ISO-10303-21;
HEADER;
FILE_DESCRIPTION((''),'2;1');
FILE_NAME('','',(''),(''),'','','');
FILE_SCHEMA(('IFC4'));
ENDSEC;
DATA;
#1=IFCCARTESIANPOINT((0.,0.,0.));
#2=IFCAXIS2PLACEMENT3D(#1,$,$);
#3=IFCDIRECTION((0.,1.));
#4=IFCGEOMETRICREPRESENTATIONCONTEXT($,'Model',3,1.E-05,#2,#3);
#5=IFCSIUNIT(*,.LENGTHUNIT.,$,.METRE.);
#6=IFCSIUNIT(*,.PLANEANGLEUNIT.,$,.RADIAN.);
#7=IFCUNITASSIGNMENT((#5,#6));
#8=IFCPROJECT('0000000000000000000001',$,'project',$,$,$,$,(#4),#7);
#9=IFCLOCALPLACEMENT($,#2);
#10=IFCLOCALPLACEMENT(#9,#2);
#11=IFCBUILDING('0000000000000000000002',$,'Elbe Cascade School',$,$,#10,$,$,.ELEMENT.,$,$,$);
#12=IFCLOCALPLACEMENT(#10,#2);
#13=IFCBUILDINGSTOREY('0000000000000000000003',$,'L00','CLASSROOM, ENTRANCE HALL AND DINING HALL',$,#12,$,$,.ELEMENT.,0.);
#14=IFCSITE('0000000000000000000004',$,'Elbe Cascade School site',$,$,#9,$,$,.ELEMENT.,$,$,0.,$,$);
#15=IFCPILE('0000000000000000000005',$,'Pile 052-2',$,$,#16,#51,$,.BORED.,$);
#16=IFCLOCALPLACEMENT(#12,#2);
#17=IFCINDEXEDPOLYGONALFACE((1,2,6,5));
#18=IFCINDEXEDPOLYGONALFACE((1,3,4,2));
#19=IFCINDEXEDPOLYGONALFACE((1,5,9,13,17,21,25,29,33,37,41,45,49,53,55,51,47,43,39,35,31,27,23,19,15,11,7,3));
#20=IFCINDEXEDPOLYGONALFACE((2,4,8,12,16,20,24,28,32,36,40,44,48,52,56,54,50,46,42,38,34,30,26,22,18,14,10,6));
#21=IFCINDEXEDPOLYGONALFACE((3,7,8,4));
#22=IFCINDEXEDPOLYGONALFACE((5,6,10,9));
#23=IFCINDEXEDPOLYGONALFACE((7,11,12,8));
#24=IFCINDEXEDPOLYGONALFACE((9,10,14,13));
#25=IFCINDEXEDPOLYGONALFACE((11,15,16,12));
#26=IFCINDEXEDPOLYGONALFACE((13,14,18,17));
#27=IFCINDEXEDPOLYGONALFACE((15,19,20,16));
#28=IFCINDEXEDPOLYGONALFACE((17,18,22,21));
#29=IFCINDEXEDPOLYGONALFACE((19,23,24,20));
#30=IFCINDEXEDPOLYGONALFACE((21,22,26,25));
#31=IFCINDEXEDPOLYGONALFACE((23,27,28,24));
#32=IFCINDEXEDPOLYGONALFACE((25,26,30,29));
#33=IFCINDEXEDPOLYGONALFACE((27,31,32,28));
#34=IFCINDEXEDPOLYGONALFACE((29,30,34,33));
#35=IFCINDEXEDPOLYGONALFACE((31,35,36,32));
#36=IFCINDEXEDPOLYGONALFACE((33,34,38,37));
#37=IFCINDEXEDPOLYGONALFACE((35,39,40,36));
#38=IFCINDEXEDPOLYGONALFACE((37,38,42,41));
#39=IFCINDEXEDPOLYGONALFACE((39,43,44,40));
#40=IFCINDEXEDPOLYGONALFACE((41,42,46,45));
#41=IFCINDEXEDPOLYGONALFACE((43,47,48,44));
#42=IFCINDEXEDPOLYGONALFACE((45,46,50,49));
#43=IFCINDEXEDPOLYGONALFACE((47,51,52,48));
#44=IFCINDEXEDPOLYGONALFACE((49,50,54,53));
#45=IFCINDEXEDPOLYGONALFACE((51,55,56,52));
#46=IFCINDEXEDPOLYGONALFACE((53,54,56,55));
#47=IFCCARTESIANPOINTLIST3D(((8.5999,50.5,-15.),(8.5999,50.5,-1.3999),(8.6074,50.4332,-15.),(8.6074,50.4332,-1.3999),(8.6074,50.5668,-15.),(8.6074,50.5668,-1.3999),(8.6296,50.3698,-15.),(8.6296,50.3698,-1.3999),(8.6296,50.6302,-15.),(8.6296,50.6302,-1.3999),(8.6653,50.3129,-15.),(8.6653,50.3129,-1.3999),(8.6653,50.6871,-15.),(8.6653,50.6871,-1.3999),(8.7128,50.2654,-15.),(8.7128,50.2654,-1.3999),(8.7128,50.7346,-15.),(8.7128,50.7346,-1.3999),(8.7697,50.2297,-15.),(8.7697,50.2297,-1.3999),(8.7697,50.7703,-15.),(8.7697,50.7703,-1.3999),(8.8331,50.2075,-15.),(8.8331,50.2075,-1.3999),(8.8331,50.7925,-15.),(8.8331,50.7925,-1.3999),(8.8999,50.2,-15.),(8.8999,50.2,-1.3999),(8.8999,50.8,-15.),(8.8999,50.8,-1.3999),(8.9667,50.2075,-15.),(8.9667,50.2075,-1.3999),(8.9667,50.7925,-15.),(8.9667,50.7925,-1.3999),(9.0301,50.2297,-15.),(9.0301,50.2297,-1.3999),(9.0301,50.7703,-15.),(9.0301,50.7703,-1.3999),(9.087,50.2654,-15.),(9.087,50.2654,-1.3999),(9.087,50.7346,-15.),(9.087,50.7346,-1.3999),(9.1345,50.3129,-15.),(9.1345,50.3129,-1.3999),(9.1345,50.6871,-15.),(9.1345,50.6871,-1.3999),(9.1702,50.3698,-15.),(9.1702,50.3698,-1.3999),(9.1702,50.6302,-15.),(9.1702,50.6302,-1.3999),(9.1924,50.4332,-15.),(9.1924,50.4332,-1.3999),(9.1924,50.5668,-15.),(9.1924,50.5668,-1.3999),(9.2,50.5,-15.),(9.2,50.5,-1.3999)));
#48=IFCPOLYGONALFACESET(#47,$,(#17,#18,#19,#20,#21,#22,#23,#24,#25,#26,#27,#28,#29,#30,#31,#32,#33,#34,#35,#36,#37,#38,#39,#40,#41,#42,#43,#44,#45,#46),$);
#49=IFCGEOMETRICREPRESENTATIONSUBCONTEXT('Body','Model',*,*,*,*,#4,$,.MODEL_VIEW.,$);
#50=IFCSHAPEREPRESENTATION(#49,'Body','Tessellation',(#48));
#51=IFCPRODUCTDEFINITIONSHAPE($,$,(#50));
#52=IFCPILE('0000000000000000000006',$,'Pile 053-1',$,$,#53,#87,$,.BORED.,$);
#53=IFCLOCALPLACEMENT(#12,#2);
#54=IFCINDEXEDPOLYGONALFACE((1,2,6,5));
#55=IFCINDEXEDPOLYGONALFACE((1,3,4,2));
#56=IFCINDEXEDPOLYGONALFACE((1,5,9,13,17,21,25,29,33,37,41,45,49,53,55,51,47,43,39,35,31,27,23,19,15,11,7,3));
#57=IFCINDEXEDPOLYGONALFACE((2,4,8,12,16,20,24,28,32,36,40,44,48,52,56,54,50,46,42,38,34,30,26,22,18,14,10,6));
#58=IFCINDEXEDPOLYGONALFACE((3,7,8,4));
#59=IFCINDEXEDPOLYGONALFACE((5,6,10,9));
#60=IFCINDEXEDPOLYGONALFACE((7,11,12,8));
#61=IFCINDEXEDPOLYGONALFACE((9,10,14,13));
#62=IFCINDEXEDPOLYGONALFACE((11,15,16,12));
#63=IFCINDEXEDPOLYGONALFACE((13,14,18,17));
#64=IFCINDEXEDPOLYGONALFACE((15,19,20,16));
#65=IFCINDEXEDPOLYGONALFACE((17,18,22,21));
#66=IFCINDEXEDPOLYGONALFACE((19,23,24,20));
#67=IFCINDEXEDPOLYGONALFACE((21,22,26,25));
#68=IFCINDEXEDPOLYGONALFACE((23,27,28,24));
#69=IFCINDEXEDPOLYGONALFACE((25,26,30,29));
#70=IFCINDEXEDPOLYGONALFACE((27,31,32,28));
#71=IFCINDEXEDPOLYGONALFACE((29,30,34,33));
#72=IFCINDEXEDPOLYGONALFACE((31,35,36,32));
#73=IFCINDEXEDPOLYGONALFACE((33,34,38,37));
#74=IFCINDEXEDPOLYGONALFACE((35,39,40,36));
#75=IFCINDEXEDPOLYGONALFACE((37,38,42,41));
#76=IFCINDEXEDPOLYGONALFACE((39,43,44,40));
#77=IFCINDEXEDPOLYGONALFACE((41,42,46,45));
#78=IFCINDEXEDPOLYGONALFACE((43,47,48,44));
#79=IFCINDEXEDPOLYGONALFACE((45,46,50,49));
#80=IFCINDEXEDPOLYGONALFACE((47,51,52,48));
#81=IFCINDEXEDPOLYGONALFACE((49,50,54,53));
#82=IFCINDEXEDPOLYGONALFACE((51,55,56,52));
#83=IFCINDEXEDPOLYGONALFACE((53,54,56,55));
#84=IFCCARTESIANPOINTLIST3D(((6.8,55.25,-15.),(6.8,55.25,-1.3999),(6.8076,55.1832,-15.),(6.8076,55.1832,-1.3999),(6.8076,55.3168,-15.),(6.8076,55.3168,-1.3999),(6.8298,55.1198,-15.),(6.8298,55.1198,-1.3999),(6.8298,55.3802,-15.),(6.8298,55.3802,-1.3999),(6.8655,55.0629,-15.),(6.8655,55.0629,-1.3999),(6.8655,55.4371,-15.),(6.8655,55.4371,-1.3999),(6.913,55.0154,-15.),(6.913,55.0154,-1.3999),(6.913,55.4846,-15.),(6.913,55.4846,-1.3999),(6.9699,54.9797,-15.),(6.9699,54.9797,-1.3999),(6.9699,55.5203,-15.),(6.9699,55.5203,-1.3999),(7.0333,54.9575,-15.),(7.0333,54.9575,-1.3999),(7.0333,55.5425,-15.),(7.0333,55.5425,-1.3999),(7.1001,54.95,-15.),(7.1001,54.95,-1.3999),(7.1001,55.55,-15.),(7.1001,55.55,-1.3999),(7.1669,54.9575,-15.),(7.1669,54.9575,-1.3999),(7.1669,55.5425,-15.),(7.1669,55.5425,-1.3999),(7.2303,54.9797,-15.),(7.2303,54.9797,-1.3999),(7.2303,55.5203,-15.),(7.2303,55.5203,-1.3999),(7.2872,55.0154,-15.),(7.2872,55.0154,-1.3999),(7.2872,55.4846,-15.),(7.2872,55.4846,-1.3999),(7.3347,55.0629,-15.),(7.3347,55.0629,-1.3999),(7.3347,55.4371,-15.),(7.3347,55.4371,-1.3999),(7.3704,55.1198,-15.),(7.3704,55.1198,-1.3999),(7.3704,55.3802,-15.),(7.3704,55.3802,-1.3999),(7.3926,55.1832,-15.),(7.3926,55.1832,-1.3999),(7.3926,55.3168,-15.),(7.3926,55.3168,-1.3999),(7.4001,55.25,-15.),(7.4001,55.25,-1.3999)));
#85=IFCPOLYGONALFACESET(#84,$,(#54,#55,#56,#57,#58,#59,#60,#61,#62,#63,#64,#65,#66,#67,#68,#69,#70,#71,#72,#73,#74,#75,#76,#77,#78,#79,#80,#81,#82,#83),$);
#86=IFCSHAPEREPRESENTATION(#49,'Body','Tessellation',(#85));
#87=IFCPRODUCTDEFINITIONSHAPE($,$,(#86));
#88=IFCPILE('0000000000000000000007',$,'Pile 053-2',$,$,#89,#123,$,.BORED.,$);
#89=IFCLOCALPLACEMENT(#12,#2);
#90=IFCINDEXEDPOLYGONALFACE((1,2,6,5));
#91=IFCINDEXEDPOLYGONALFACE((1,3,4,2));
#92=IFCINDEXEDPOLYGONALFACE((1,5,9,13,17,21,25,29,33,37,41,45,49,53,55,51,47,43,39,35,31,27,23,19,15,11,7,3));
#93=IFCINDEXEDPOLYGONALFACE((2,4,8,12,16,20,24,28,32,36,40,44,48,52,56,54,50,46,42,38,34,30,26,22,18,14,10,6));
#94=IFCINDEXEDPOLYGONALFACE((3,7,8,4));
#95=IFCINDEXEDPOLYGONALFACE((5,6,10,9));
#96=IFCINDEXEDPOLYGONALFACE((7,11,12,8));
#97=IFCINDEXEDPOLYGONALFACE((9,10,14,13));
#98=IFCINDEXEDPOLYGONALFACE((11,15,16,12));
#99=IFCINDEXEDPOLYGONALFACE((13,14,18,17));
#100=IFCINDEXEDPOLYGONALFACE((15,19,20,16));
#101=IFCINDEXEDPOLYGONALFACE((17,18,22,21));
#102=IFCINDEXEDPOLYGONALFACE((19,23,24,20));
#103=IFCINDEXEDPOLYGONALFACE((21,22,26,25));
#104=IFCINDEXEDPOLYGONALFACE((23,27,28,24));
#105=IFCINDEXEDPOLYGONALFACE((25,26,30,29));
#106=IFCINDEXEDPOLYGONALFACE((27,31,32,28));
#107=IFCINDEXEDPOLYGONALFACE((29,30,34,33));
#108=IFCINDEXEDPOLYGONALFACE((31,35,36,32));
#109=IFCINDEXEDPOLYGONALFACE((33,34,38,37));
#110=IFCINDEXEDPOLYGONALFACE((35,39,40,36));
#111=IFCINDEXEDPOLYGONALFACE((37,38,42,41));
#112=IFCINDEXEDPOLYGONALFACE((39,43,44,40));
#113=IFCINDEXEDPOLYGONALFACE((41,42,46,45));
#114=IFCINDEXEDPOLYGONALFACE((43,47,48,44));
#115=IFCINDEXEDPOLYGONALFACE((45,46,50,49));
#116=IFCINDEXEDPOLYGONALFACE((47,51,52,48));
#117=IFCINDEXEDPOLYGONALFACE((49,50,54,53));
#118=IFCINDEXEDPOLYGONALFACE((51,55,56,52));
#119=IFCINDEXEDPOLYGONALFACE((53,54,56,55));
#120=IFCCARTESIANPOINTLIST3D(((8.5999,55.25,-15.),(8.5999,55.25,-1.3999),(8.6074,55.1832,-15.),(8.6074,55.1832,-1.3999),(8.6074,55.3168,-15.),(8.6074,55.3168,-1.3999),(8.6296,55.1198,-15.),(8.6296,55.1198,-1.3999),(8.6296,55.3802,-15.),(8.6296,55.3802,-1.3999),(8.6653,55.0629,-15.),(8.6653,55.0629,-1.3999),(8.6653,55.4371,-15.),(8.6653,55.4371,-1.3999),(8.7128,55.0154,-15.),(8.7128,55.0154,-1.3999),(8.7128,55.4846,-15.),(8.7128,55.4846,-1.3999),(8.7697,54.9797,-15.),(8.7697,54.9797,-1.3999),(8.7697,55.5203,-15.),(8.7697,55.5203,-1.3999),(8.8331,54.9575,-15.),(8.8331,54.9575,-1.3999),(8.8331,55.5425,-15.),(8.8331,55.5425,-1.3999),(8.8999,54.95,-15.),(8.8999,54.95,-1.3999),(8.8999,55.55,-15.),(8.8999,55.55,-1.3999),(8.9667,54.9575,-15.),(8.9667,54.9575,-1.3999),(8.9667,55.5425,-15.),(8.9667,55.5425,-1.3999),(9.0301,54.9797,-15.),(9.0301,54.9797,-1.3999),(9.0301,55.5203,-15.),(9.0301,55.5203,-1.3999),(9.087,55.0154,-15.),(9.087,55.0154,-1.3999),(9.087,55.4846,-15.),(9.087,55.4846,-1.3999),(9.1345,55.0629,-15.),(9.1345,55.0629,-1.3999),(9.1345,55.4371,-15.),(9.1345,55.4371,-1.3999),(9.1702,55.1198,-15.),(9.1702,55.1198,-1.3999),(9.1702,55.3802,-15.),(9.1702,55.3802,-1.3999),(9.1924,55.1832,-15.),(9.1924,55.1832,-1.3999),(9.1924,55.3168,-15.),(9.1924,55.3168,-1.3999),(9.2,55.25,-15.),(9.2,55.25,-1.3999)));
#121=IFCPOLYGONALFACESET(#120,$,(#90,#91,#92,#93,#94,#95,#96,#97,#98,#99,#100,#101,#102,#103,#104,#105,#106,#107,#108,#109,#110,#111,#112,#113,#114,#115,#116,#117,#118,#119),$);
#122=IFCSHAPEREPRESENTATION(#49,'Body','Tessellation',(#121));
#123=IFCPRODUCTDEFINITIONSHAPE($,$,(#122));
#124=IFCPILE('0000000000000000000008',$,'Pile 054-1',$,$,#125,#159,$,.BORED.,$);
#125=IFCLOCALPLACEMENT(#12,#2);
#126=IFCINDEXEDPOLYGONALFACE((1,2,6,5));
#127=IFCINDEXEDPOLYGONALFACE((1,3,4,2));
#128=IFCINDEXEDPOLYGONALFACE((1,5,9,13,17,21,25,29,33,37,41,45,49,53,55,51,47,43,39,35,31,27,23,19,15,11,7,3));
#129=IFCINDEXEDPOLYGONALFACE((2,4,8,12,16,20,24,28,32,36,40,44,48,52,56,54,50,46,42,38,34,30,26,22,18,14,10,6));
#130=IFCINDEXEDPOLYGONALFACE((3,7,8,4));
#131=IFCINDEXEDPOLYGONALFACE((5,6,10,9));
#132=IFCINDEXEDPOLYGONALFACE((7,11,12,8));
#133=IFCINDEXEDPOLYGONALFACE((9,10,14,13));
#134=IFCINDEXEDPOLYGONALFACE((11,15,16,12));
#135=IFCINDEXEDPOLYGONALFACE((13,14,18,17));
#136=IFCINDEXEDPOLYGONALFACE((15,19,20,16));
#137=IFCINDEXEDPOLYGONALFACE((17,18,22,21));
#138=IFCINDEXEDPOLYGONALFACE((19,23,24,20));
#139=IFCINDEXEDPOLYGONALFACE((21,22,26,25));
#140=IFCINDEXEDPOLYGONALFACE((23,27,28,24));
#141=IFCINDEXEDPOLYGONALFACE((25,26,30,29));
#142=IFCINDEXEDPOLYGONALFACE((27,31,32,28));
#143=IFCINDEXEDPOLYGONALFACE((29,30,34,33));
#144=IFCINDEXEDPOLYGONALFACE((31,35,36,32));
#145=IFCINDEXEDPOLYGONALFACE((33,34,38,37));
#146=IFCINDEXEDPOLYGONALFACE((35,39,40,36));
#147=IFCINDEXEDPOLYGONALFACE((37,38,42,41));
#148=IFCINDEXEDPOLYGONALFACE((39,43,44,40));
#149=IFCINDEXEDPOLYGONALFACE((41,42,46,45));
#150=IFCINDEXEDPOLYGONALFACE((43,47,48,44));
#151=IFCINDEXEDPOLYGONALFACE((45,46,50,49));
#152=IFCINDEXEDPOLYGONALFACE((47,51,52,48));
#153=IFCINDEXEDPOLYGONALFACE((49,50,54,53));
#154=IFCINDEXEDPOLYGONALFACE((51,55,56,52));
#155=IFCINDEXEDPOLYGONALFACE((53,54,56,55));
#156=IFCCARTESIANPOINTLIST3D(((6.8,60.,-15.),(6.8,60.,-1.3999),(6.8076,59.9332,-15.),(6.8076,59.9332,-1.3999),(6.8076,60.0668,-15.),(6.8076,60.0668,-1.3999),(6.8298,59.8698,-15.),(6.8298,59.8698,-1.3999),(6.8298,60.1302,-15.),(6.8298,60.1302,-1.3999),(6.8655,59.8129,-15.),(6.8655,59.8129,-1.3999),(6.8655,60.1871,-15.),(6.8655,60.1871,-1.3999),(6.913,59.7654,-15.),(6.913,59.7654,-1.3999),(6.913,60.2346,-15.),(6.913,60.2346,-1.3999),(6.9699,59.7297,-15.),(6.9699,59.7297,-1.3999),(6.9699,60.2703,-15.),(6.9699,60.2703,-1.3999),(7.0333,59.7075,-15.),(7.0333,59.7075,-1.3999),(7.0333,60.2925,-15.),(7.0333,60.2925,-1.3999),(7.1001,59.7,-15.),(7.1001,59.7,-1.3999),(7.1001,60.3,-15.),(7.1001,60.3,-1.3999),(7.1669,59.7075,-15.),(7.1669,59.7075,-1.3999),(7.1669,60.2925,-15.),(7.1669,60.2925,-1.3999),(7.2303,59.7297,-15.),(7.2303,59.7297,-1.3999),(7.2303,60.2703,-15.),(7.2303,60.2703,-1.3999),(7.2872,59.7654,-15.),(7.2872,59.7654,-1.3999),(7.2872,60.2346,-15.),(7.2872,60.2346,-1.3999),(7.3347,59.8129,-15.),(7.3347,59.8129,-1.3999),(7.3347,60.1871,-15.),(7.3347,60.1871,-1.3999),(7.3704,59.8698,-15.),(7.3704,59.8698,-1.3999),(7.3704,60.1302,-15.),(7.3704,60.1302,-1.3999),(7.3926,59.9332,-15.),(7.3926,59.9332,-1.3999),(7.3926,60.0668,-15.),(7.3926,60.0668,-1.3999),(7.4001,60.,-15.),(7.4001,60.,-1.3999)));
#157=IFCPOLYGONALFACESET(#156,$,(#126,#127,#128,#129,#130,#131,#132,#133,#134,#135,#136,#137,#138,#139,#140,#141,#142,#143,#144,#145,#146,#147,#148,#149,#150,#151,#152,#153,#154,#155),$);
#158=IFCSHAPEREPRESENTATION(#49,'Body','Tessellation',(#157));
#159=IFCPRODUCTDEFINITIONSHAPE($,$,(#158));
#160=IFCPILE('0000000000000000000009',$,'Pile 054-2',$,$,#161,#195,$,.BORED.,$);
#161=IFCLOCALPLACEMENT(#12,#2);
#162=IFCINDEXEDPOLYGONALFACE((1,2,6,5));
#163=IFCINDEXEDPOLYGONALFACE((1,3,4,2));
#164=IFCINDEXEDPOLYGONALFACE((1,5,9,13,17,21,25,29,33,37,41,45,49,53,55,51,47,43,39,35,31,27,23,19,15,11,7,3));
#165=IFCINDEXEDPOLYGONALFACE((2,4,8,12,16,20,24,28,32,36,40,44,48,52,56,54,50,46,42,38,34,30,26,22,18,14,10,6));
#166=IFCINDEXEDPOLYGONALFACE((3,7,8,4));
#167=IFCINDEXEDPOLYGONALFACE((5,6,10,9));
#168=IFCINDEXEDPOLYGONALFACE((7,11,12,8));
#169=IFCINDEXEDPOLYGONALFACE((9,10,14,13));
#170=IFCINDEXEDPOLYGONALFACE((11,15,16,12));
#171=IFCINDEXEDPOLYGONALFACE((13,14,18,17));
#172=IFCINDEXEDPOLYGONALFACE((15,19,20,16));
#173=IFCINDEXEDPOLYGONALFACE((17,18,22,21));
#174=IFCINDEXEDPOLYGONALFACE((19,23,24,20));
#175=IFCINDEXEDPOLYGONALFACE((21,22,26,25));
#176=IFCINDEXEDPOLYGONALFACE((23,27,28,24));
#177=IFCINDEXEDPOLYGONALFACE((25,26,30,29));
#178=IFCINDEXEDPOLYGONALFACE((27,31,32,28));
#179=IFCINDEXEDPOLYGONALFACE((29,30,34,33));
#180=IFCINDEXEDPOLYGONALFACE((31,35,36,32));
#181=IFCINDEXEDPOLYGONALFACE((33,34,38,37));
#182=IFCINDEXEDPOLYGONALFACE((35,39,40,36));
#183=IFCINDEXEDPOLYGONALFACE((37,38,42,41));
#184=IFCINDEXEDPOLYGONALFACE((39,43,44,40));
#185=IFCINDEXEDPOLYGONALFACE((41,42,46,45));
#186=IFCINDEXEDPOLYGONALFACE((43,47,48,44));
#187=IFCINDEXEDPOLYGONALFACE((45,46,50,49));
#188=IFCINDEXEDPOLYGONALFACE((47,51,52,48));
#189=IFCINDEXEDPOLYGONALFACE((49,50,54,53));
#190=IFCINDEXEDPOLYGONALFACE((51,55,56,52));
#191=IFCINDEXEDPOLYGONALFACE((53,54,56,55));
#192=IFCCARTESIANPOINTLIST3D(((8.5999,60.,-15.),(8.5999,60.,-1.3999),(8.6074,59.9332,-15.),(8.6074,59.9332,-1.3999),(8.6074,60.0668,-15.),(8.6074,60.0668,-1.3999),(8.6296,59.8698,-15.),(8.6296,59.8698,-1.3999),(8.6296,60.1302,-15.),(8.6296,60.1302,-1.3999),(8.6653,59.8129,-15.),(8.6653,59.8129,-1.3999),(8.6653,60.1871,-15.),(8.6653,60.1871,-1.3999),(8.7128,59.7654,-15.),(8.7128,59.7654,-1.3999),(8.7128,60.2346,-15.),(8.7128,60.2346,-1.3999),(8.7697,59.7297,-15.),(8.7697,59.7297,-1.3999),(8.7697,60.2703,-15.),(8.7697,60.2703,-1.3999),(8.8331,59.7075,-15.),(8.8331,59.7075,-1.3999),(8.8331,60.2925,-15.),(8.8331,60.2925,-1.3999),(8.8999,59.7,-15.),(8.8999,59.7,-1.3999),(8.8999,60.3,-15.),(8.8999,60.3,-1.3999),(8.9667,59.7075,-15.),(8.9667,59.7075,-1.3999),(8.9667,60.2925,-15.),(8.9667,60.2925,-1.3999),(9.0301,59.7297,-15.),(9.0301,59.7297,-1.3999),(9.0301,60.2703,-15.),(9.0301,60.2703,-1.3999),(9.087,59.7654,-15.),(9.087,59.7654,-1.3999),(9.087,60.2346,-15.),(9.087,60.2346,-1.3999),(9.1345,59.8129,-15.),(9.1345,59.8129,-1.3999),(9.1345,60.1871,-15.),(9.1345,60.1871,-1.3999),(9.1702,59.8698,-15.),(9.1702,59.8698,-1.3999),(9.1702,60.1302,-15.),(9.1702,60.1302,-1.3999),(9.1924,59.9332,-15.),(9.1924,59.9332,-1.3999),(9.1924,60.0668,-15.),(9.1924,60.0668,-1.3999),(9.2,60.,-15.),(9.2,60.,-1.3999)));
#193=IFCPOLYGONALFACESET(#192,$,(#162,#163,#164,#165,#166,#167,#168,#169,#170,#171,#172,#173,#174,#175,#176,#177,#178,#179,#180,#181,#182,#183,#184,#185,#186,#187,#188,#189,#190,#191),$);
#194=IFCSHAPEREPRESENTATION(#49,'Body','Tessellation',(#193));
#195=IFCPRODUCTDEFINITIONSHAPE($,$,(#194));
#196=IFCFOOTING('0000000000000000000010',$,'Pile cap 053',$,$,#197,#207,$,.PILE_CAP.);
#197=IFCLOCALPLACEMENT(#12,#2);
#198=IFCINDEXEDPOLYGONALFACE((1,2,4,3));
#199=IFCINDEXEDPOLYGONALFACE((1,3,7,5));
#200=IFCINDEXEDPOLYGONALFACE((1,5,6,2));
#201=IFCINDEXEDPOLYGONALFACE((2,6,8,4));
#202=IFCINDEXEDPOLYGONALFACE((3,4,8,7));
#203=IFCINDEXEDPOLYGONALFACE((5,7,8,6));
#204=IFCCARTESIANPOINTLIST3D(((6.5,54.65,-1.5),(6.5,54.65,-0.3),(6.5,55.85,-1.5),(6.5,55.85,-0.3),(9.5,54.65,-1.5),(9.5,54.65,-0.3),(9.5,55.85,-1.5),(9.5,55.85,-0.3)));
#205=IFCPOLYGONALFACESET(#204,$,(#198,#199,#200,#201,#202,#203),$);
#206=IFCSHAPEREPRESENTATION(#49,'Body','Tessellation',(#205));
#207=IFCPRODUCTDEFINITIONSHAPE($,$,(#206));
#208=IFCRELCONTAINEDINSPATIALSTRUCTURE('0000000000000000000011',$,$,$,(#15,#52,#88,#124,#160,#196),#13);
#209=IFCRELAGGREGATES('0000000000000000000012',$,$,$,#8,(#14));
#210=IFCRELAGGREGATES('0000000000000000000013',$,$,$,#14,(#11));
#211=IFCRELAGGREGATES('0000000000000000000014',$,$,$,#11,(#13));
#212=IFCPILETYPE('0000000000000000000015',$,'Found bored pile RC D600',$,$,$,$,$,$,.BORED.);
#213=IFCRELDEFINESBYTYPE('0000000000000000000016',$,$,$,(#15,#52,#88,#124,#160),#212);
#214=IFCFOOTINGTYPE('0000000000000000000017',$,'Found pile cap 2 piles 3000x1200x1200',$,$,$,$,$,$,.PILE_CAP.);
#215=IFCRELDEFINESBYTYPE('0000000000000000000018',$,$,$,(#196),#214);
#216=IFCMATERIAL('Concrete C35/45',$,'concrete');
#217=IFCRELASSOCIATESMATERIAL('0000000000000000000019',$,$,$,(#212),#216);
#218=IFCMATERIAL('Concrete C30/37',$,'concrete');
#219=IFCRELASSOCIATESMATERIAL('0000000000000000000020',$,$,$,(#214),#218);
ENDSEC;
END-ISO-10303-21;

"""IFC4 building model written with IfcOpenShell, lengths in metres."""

from ifc_helpers import new_model, si_unit, direction, frame, origin, origin_2d, place, context, subcontext, project, spatial, rectangle, circle, extrude, material, material_profile, profile_set, type_object, element, save


model = new_model("IFC4")

# Units and contexts
model_context = context("Model", 3, precision=1e-05, world=origin(), true_north=direction((0.0, 1.0)))
body_context = subcontext(model_context, "Body", "Model", "MODEL_VIEW")
ifc_project = project(units=[si_unit("LENGTHUNIT", "METRE"), si_unit("PLANEANGLEUNIT", "RADIAN")], contexts=[model_context])

# Site, building, storey
site_placement = place(None, origin())
site = spatial("IfcSite", under=ifc_project, at=site_placement, Name="Elbe Cascade School site", CompositionType="ELEMENT", RefElevation=0.0)
building_placement = place(site_placement, origin())
building = spatial("IfcBuilding", under=site, at=building_placement, Name="Elbe Cascade School", CompositionType="ELEMENT")
storey_placement = place(building_placement, origin())
storey = spatial("IfcBuildingStorey", under=building, at=storey_placement, Name="L00", Description="CLASSROOM, ENTRANCE HALL AND DINING HALL", CompositionType="ELEMENT", Elevation=0.0)

# Piles
ifc_material_1 = material(Name="Concrete C35/45", Category="concrete")
ifc_material_profile_1 = material_profile(ifc_material_1, circle(Radius=0.3, at=origin_2d()), Name="RC D600")
ifc_profile_set_1 = profile_set([ifc_material_profile_1], Name="Concrete C35/45")
pile_type = type_object("IfcPileType", Name="Found bored pile RC D600", PredefinedType="BORED", material=ifc_profile_set_1)
for number, where, z_axis, x_axis, name in (
    (1, (8.8999, 50.5, -1.3999), (0.0, 0.0, -1.0), (1.0, 0.0, 0.0), "Pile 052-2"),
    (2, (7.1001, 55.25, -1.3999), (0.0, 0.0, -1.0), (1.0, 0.0, 0.0), "Pile 053-1"),
    (3, (8.8999, 55.25, -1.3999), (0.0, 0.0, -1.0), (1.0, 0.0, 0.0), "Pile 053-2"),
    (4, (7.1001, 60.0, -1.3999), (0.0, 0.0, -1.0), (1.0, 0.0, 0.0), "Pile 054-1"),
    (5, (8.8999, 60.0, -1.3999), (0.0, 0.0, -1.0), (1.0, 0.0, 0.0), "Pile 054-2"),
):
    element("IfcPile", number, at=place(storey_placement, frame(where, z_axis=z_axis, x_axis=x_axis)), inside=storey, type_object=pile_type, Name=name, PredefinedType="BORED", context=body_context, shape_type="SweptSolid", body=[
        extrude(circle(Radius=0.3, at=origin_2d()), origin(), (0.0, 0.0, 1.0), 13.6001),
    ])

# Footing
ifc_material_2 = material(Name="Concrete C30/37", Category="concrete")
footing_type = type_object("IfcFootingType", Name="Found pile cap 2 piles 3000x1200x1200", PredefinedType="PILE_CAP", material=ifc_material_2)
for number, where, z_axis, x_axis, name in (
    (6, (8.0, 55.25, -1.5), (0.0, 0.0, 1.0), (1.0, 0.0, 0.0), "Pile cap 053"),
):
    element("IfcFooting", number, at=place(storey_placement, frame(where, z_axis=z_axis, x_axis=x_axis)), inside=storey, type_object=footing_type, Name=name, PredefinedType="PILE_CAP", context=body_context, shape_type="SweptSolid", body=[
        extrude(rectangle(XDim=3.0, YDim=1.2, at=origin_2d()), origin(), (0.0, 0.0, 1.0), 1.2),
    ])

save(model, "model.ifc")
